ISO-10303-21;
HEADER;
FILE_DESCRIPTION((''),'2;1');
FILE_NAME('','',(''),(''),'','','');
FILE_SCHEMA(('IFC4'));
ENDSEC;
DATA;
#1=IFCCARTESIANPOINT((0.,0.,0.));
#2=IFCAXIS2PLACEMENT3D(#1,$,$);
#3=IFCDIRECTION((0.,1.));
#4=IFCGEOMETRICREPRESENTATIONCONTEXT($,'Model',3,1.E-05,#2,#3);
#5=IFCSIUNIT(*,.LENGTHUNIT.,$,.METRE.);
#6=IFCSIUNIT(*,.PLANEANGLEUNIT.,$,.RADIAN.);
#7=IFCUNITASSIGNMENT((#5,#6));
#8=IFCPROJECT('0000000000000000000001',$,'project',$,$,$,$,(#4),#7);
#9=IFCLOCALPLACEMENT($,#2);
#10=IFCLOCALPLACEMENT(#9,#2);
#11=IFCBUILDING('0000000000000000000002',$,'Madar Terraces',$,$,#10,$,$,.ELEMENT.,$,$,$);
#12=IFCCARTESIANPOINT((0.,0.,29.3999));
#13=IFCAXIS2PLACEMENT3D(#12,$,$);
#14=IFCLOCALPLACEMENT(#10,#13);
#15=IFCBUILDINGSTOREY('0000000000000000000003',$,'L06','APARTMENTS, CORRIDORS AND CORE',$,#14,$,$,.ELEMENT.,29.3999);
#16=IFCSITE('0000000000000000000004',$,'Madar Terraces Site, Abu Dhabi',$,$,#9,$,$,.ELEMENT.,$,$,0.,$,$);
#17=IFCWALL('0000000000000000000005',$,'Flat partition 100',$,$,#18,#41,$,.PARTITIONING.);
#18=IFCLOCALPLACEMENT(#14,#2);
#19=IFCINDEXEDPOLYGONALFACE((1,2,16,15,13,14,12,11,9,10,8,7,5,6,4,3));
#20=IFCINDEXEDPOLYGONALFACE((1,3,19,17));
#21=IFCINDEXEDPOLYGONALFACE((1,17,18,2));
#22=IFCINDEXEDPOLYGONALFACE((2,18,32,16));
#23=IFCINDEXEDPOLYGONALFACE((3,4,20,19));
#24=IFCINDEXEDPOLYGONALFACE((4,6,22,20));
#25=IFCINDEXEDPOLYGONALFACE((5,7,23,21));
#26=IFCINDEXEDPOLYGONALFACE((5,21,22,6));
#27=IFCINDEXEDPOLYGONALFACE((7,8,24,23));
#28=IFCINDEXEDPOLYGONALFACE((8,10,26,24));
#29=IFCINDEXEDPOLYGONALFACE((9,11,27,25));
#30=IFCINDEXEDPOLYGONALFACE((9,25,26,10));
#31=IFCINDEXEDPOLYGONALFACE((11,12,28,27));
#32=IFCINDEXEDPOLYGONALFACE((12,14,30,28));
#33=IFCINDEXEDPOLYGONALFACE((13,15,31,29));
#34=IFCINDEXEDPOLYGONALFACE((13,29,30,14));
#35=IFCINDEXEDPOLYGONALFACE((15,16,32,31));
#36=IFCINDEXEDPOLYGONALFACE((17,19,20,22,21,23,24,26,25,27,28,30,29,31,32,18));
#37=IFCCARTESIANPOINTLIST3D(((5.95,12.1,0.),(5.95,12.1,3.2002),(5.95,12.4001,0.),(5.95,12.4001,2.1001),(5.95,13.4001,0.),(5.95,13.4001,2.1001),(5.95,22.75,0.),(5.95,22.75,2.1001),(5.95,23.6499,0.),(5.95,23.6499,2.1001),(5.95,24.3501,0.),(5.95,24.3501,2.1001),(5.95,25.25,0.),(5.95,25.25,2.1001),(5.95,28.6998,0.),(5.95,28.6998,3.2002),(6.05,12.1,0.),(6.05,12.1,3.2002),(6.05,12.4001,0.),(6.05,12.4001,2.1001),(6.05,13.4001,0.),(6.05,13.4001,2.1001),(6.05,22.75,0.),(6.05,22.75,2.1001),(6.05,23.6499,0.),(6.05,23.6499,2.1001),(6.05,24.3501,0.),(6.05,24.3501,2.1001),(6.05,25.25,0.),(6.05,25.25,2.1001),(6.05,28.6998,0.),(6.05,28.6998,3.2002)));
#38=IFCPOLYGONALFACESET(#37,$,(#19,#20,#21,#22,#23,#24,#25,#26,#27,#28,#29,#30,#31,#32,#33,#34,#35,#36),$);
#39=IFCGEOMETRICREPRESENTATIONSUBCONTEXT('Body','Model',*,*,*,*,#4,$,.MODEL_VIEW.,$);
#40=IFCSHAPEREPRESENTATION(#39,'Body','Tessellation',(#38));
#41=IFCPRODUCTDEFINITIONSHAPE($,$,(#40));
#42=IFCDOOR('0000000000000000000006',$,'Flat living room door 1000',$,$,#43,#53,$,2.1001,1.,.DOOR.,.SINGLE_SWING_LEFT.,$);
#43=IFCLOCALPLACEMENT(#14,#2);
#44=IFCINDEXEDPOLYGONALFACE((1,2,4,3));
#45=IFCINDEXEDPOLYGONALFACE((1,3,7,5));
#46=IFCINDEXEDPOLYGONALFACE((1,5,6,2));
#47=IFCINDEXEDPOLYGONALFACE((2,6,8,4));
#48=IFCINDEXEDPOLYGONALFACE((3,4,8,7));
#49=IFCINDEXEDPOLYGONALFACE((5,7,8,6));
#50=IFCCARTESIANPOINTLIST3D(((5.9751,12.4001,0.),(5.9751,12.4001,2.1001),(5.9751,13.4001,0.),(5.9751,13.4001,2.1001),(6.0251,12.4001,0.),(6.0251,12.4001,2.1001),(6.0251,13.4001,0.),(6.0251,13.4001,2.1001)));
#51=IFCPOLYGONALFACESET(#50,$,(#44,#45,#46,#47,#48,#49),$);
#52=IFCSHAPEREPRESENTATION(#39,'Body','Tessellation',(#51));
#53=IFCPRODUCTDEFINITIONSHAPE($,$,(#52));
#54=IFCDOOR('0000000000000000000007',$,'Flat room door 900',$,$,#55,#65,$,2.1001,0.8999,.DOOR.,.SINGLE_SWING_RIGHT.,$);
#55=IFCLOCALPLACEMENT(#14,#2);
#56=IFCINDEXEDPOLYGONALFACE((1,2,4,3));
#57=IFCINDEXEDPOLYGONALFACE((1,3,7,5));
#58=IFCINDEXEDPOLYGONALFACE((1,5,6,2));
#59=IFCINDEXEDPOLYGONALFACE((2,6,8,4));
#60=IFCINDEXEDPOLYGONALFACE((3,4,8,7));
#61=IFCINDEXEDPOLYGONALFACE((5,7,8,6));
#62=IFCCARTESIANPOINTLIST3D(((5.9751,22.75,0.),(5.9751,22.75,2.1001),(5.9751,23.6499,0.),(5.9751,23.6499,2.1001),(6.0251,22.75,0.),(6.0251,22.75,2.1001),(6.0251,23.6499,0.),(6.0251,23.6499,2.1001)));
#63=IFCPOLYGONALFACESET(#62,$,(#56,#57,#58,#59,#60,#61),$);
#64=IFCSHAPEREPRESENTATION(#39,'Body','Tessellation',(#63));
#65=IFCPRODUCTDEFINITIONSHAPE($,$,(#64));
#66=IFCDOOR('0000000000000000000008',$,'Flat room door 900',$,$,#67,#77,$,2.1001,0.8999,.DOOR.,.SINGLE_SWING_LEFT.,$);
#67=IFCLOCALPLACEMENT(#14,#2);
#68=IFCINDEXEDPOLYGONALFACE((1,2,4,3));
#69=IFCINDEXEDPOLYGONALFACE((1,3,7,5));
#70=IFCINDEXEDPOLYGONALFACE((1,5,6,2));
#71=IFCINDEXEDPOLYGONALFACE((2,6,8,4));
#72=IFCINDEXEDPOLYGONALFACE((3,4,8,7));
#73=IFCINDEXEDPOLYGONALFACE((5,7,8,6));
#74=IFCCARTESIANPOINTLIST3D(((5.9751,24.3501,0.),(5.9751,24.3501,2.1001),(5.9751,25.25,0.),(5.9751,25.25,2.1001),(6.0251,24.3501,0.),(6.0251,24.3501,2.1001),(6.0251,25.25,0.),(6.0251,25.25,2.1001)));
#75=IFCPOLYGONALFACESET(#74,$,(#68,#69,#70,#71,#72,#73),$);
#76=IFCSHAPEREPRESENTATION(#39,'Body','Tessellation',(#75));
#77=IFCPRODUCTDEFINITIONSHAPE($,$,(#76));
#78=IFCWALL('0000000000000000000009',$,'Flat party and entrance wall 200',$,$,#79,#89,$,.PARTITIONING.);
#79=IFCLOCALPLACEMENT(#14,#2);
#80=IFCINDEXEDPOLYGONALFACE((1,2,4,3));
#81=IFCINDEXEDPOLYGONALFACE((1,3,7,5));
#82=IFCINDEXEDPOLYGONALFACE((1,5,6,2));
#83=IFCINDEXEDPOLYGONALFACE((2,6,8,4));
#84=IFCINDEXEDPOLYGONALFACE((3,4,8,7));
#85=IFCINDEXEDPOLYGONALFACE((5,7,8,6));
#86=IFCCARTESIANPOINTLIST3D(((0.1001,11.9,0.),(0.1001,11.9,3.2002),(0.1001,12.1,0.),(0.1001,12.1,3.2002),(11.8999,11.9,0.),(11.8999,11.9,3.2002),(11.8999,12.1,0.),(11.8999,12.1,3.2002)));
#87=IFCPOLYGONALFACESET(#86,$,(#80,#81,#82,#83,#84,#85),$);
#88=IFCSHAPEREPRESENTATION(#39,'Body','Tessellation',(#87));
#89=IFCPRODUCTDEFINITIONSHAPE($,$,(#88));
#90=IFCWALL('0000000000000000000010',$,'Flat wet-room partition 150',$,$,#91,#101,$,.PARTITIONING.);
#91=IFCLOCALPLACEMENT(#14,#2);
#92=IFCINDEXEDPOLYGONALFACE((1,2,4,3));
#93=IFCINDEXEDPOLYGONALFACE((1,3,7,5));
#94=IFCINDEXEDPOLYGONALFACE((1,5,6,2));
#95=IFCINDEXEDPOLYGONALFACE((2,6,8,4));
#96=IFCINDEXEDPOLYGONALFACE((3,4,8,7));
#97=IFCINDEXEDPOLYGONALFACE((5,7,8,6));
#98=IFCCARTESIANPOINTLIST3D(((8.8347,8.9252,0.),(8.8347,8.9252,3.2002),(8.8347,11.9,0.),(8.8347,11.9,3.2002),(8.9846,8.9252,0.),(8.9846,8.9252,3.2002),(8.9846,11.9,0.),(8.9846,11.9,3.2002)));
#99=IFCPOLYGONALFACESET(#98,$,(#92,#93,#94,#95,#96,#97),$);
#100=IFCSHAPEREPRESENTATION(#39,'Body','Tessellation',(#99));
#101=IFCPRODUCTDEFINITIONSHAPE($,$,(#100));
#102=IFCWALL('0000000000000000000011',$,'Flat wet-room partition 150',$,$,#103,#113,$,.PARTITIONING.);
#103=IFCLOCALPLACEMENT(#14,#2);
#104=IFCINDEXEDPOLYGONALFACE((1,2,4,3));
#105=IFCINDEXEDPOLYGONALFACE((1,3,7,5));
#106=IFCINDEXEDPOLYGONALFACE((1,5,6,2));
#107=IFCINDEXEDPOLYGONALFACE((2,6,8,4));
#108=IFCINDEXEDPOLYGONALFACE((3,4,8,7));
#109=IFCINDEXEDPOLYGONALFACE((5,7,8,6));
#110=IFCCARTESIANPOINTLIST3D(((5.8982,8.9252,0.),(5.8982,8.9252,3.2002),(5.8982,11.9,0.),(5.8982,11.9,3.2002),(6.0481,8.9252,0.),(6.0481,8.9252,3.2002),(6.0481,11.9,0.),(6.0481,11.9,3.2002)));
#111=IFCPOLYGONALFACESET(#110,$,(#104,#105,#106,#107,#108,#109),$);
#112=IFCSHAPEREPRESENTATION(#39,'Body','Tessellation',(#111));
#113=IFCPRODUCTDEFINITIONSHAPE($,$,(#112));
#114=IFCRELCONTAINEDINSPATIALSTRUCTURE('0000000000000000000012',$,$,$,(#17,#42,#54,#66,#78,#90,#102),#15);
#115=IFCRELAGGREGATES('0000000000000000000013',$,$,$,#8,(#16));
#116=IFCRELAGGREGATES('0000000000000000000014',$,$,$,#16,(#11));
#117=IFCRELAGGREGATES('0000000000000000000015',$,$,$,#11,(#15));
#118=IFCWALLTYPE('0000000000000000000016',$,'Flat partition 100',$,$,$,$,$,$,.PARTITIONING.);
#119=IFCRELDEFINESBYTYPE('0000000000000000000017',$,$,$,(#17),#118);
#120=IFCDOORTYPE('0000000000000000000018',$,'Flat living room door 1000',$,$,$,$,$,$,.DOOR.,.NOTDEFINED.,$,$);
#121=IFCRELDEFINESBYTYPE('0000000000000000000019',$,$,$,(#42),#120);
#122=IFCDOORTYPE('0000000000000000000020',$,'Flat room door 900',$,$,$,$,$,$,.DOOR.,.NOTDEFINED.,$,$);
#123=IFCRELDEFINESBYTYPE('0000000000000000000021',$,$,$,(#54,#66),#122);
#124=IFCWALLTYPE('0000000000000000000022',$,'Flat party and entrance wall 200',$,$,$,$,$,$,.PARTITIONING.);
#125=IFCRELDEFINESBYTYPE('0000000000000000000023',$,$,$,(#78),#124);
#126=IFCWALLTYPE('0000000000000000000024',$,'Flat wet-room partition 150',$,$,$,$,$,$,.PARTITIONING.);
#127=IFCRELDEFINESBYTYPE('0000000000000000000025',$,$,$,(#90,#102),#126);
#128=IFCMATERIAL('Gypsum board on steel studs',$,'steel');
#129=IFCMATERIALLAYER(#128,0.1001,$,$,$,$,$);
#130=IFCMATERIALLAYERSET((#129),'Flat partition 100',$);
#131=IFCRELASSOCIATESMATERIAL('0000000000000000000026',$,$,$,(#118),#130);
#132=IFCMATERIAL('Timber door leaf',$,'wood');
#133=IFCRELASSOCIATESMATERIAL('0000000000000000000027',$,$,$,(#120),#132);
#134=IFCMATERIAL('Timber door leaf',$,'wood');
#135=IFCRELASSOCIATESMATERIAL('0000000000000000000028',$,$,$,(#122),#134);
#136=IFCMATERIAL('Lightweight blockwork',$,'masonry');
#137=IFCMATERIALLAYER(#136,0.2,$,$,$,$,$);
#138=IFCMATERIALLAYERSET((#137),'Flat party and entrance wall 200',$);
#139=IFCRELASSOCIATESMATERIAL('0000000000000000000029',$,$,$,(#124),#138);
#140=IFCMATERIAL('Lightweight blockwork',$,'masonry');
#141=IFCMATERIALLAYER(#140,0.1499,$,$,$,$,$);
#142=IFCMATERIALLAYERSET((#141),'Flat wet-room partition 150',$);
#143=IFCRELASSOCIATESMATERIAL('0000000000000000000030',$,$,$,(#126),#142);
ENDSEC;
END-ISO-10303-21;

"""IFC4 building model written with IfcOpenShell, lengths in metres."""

from ifc_helpers import new_model, si_unit, direction, frame, frame_2d, origin, place, context, subcontext, project, spatial, rectangle, extrude, material, layer, layer_set, type_object, element, fill, save


model = new_model("IFC4")

# Units and contexts
model_context = context("Model", 3, precision=1e-05, world=origin(), true_north=direction((0.0, 1.0)))
body_context = subcontext(model_context, "Body", "Model", "MODEL_VIEW")
ifc_project = project(units=[si_unit("LENGTHUNIT", "METRE"), si_unit("PLANEANGLEUNIT", "RADIAN")], contexts=[model_context])

# Site, building, storey
site_placement = place(None, origin())
site = spatial("IfcSite", under=ifc_project, at=site_placement, Name="Madar Terraces Site, Abu Dhabi", CompositionType="ELEMENT", RefElevation=0.0)
building_placement = place(site_placement, origin())
building = spatial("IfcBuilding", under=site, at=building_placement, Name="Madar Terraces", CompositionType="ELEMENT")
storey_placement = place(building_placement, frame((0.0, 0.0, 29.3999)))
storey = spatial("IfcBuildingStorey", under=building, at=storey_placement, Name="L06", Description="APARTMENTS, CORRIDORS AND CORE", CompositionType="ELEMENT", Elevation=29.3999)

# Shared definitions
ifc_material_1 = material(Name="Gypsum board on steel studs", Category="steel")
ifc_layer_1 = layer(ifc_material_1, 0.1001)
ifc_layer_set_1 = layer_set([ifc_layer_1], Name="Flat partition 100")
wall_type_1 = type_object("IfcWallType", Name="Flat partition 100", PredefinedType="PARTITIONING", material=ifc_layer_set_1)

# Wall, openings, doors
wall_1_placement = place(storey_placement, frame((6.0, 12.1001, 0.0), z_axis=(0.0, 0.0, 1.0), x_axis=(0.0, 1.0, 0.0)))
wall_1 = element("IfcWall", 1, at=wall_1_placement, inside=storey, type_object=wall_type_1, Name="Flat partition 100", PredefinedType="PARTITIONING", context=body_context, shape_type="SweptSolid", body=[
    extrude(rectangle(XDim=16.5999, YDim=0.1001, at=frame_2d((8.2998, 0.0))), origin(), (0.0, 0.0, 1.0), 3.2002),
])
opening_1_placement = place(wall_1_placement, frame((0.3, 0.0, 0.0)))
opening_1 = element("IfcOpeningElement", 2, at=opening_1_placement, cuts=wall_1, PredefinedType="OPENING", context=body_context, shape_type="SweptSolid", body=[
    extrude(rectangle(XDim=1.0, YDim=2.1001, at=frame_2d((0.5, 1.05))), frame((0.0, 0.0601, 0.0), z_axis=(0.0, -1.0, 0.0), x_axis=(1.0, 0.0, 0.0)), (0.0, 0.0, 1.0), 0.1201),
])
opening_2_placement = place(wall_1_placement, frame((10.6499, 0.0, 0.0)))
opening_2 = element("IfcOpeningElement", 3, at=opening_2_placement, cuts=wall_1, PredefinedType="OPENING", context=body_context, shape_type="SweptSolid", body=[
    extrude(rectangle(XDim=0.8999, YDim=2.1001, at=frame_2d((0.45, 1.05))), frame((0.0, 0.0601, 0.0), z_axis=(0.0, -1.0, 0.0), x_axis=(1.0, 0.0, 0.0)), (0.0, 0.0, 1.0), 0.1201),
])
opening_3_placement = place(wall_1_placement, frame((12.25, 0.0, 0.0)))
opening_3 = element("IfcOpeningElement", 4, at=opening_3_placement, cuts=wall_1, PredefinedType="OPENING", context=body_context, shape_type="SweptSolid", body=[
    extrude(rectangle(XDim=0.8999, YDim=2.1001, at=frame_2d((0.45, 1.05))), frame((0.0, 0.0601, 0.0), z_axis=(0.0, -1.0, 0.0), x_axis=(1.0, 0.0, 0.0)), (0.0, 0.0, 1.0), 0.1201),
])
ifc_material_2 = material(Name="Timber door leaf", Category="wood")
door_type_1 = type_object("IfcDoorType", Name="Flat living room door 1000", OperationType="NOTDEFINED", PredefinedType="DOOR", material=ifc_material_2)
door_1_placement = place(opening_1_placement, origin())
door_1 = element("IfcDoor", 5, at=door_1_placement, inside=storey, type_object=door_type_1, Name="Flat living room door 1000", OperationType="SINGLE_SWING_LEFT", OverallHeight=2.1001, OverallWidth=1.0, PredefinedType="DOOR", context=body_context, shape_type="SweptSolid", body=[
    extrude(rectangle(XDim=1.0, YDim=2.1001, at=frame_2d((0.5, 1.05))), frame((0.0, 0.0249, 0.0), z_axis=(0.0, -1.0, 0.0), x_axis=(1.0, 0.0, 0.0)), (0.0, 0.0, 1.0), 0.05),
])
fill(opening_1, door_1)
ifc_material_3 = material(Name="Timber door leaf", Category="wood")
door_type_2 = type_object("IfcDoorType", Name="Flat room door 900", OperationType="NOTDEFINED", PredefinedType="DOOR", material=ifc_material_3)
door_2_placement = place(opening_2_placement, origin())
door_2 = element("IfcDoor", 6, at=door_2_placement, inside=storey, type_object=door_type_2, Name="Flat room door 900", OperationType="SINGLE_SWING_RIGHT", OverallHeight=2.1001, OverallWidth=0.8999, PredefinedType="DOOR", context=body_context, shape_type="SweptSolid", body=[
    extrude(rectangle(XDim=0.8999, YDim=2.1001, at=frame_2d((0.45, 1.05))), frame((0.0, 0.0249, 0.0), z_axis=(0.0, -1.0, 0.0), x_axis=(1.0, 0.0, 0.0)), (0.0, 0.0, 1.0), 0.05),
])
fill(opening_2, door_2)
door_3_placement = place(opening_3_placement, origin())
door_3 = element("IfcDoor", 7, at=door_3_placement, inside=storey, type_object=door_type_2, Name="Flat room door 900", OperationType="SINGLE_SWING_LEFT", OverallHeight=2.1001, OverallWidth=0.8999, PredefinedType="DOOR", context=body_context, shape_type="SweptSolid", body=[
    extrude(rectangle(XDim=0.8999, YDim=2.1001, at=frame_2d((0.45, 1.05))), frame((0.0, 0.0249, 0.0), z_axis=(0.0, -1.0, 0.0), x_axis=(1.0, 0.0, 0.0)), (0.0, 0.0, 1.0), 0.05),
])
fill(opening_3, door_3)

# Walls
ifc_material_4 = material(Name="Lightweight blockwork", Category="masonry")
ifc_layer_2 = layer(ifc_material_4, 0.2)
ifc_layer_set_2 = layer_set([ifc_layer_2], Name="Flat party and entrance wall 200")
wall_type_2 = type_object("IfcWallType", Name="Flat party and entrance wall 200", PredefinedType="PARTITIONING", material=ifc_layer_set_2)
wall_2_placement = place(storey_placement, frame((0.1001, 12.0, 0.0), z_axis=(0.0, 0.0, 1.0), x_axis=(1.0, 0.0, 0.0)))
element("IfcWall", 8, at=wall_2_placement, inside=storey, type_object=wall_type_2, Name="Flat party and entrance wall 200", PredefinedType="PARTITIONING", context=body_context, shape_type="SweptSolid", body=[
    extrude(rectangle(XDim=11.7998, YDim=0.2, at=frame_2d((5.8999, 0.0))), origin(), (0.0, 0.0, 1.0), 3.2002),
])
ifc_material_5 = material(Name="Lightweight blockwork", Category="masonry")
ifc_layer_3 = layer(ifc_material_5, 0.1499)
ifc_layer_set_3 = layer_set([ifc_layer_3], Name="Flat wet-room partition 150")
wall_type_3 = type_object("IfcWallType", Name="Flat wet-room partition 150", PredefinedType="PARTITIONING", material=ifc_layer_set_3)
for number, where, z_axis, x_axis, name in (
    (9, (8.9097, 11.8999, 0.0), (0.0, 0.0, 1.0), (0.0, -1.0, 0.0), "Flat wet-room partition 150"),
    (10, (5.9731, 11.8999, 0.0), (0.0, 0.0, 1.0), (0.0, -1.0, 0.0), "Flat wet-room partition 150"),
):
    element("IfcWall", number, at=place(storey_placement, frame(where, z_axis=z_axis, x_axis=x_axis)), inside=storey, type_object=wall_type_3, Name=name, PredefinedType="PARTITIONING", context=body_context, shape_type="SweptSolid", body=[
        extrude(rectangle(XDim=2.9749, YDim=0.1499, at=frame_2d((1.4873, 0.0))), origin(), (0.0, 0.0, 1.0), 3.2002),
    ])

save(model, "model.ifc")
